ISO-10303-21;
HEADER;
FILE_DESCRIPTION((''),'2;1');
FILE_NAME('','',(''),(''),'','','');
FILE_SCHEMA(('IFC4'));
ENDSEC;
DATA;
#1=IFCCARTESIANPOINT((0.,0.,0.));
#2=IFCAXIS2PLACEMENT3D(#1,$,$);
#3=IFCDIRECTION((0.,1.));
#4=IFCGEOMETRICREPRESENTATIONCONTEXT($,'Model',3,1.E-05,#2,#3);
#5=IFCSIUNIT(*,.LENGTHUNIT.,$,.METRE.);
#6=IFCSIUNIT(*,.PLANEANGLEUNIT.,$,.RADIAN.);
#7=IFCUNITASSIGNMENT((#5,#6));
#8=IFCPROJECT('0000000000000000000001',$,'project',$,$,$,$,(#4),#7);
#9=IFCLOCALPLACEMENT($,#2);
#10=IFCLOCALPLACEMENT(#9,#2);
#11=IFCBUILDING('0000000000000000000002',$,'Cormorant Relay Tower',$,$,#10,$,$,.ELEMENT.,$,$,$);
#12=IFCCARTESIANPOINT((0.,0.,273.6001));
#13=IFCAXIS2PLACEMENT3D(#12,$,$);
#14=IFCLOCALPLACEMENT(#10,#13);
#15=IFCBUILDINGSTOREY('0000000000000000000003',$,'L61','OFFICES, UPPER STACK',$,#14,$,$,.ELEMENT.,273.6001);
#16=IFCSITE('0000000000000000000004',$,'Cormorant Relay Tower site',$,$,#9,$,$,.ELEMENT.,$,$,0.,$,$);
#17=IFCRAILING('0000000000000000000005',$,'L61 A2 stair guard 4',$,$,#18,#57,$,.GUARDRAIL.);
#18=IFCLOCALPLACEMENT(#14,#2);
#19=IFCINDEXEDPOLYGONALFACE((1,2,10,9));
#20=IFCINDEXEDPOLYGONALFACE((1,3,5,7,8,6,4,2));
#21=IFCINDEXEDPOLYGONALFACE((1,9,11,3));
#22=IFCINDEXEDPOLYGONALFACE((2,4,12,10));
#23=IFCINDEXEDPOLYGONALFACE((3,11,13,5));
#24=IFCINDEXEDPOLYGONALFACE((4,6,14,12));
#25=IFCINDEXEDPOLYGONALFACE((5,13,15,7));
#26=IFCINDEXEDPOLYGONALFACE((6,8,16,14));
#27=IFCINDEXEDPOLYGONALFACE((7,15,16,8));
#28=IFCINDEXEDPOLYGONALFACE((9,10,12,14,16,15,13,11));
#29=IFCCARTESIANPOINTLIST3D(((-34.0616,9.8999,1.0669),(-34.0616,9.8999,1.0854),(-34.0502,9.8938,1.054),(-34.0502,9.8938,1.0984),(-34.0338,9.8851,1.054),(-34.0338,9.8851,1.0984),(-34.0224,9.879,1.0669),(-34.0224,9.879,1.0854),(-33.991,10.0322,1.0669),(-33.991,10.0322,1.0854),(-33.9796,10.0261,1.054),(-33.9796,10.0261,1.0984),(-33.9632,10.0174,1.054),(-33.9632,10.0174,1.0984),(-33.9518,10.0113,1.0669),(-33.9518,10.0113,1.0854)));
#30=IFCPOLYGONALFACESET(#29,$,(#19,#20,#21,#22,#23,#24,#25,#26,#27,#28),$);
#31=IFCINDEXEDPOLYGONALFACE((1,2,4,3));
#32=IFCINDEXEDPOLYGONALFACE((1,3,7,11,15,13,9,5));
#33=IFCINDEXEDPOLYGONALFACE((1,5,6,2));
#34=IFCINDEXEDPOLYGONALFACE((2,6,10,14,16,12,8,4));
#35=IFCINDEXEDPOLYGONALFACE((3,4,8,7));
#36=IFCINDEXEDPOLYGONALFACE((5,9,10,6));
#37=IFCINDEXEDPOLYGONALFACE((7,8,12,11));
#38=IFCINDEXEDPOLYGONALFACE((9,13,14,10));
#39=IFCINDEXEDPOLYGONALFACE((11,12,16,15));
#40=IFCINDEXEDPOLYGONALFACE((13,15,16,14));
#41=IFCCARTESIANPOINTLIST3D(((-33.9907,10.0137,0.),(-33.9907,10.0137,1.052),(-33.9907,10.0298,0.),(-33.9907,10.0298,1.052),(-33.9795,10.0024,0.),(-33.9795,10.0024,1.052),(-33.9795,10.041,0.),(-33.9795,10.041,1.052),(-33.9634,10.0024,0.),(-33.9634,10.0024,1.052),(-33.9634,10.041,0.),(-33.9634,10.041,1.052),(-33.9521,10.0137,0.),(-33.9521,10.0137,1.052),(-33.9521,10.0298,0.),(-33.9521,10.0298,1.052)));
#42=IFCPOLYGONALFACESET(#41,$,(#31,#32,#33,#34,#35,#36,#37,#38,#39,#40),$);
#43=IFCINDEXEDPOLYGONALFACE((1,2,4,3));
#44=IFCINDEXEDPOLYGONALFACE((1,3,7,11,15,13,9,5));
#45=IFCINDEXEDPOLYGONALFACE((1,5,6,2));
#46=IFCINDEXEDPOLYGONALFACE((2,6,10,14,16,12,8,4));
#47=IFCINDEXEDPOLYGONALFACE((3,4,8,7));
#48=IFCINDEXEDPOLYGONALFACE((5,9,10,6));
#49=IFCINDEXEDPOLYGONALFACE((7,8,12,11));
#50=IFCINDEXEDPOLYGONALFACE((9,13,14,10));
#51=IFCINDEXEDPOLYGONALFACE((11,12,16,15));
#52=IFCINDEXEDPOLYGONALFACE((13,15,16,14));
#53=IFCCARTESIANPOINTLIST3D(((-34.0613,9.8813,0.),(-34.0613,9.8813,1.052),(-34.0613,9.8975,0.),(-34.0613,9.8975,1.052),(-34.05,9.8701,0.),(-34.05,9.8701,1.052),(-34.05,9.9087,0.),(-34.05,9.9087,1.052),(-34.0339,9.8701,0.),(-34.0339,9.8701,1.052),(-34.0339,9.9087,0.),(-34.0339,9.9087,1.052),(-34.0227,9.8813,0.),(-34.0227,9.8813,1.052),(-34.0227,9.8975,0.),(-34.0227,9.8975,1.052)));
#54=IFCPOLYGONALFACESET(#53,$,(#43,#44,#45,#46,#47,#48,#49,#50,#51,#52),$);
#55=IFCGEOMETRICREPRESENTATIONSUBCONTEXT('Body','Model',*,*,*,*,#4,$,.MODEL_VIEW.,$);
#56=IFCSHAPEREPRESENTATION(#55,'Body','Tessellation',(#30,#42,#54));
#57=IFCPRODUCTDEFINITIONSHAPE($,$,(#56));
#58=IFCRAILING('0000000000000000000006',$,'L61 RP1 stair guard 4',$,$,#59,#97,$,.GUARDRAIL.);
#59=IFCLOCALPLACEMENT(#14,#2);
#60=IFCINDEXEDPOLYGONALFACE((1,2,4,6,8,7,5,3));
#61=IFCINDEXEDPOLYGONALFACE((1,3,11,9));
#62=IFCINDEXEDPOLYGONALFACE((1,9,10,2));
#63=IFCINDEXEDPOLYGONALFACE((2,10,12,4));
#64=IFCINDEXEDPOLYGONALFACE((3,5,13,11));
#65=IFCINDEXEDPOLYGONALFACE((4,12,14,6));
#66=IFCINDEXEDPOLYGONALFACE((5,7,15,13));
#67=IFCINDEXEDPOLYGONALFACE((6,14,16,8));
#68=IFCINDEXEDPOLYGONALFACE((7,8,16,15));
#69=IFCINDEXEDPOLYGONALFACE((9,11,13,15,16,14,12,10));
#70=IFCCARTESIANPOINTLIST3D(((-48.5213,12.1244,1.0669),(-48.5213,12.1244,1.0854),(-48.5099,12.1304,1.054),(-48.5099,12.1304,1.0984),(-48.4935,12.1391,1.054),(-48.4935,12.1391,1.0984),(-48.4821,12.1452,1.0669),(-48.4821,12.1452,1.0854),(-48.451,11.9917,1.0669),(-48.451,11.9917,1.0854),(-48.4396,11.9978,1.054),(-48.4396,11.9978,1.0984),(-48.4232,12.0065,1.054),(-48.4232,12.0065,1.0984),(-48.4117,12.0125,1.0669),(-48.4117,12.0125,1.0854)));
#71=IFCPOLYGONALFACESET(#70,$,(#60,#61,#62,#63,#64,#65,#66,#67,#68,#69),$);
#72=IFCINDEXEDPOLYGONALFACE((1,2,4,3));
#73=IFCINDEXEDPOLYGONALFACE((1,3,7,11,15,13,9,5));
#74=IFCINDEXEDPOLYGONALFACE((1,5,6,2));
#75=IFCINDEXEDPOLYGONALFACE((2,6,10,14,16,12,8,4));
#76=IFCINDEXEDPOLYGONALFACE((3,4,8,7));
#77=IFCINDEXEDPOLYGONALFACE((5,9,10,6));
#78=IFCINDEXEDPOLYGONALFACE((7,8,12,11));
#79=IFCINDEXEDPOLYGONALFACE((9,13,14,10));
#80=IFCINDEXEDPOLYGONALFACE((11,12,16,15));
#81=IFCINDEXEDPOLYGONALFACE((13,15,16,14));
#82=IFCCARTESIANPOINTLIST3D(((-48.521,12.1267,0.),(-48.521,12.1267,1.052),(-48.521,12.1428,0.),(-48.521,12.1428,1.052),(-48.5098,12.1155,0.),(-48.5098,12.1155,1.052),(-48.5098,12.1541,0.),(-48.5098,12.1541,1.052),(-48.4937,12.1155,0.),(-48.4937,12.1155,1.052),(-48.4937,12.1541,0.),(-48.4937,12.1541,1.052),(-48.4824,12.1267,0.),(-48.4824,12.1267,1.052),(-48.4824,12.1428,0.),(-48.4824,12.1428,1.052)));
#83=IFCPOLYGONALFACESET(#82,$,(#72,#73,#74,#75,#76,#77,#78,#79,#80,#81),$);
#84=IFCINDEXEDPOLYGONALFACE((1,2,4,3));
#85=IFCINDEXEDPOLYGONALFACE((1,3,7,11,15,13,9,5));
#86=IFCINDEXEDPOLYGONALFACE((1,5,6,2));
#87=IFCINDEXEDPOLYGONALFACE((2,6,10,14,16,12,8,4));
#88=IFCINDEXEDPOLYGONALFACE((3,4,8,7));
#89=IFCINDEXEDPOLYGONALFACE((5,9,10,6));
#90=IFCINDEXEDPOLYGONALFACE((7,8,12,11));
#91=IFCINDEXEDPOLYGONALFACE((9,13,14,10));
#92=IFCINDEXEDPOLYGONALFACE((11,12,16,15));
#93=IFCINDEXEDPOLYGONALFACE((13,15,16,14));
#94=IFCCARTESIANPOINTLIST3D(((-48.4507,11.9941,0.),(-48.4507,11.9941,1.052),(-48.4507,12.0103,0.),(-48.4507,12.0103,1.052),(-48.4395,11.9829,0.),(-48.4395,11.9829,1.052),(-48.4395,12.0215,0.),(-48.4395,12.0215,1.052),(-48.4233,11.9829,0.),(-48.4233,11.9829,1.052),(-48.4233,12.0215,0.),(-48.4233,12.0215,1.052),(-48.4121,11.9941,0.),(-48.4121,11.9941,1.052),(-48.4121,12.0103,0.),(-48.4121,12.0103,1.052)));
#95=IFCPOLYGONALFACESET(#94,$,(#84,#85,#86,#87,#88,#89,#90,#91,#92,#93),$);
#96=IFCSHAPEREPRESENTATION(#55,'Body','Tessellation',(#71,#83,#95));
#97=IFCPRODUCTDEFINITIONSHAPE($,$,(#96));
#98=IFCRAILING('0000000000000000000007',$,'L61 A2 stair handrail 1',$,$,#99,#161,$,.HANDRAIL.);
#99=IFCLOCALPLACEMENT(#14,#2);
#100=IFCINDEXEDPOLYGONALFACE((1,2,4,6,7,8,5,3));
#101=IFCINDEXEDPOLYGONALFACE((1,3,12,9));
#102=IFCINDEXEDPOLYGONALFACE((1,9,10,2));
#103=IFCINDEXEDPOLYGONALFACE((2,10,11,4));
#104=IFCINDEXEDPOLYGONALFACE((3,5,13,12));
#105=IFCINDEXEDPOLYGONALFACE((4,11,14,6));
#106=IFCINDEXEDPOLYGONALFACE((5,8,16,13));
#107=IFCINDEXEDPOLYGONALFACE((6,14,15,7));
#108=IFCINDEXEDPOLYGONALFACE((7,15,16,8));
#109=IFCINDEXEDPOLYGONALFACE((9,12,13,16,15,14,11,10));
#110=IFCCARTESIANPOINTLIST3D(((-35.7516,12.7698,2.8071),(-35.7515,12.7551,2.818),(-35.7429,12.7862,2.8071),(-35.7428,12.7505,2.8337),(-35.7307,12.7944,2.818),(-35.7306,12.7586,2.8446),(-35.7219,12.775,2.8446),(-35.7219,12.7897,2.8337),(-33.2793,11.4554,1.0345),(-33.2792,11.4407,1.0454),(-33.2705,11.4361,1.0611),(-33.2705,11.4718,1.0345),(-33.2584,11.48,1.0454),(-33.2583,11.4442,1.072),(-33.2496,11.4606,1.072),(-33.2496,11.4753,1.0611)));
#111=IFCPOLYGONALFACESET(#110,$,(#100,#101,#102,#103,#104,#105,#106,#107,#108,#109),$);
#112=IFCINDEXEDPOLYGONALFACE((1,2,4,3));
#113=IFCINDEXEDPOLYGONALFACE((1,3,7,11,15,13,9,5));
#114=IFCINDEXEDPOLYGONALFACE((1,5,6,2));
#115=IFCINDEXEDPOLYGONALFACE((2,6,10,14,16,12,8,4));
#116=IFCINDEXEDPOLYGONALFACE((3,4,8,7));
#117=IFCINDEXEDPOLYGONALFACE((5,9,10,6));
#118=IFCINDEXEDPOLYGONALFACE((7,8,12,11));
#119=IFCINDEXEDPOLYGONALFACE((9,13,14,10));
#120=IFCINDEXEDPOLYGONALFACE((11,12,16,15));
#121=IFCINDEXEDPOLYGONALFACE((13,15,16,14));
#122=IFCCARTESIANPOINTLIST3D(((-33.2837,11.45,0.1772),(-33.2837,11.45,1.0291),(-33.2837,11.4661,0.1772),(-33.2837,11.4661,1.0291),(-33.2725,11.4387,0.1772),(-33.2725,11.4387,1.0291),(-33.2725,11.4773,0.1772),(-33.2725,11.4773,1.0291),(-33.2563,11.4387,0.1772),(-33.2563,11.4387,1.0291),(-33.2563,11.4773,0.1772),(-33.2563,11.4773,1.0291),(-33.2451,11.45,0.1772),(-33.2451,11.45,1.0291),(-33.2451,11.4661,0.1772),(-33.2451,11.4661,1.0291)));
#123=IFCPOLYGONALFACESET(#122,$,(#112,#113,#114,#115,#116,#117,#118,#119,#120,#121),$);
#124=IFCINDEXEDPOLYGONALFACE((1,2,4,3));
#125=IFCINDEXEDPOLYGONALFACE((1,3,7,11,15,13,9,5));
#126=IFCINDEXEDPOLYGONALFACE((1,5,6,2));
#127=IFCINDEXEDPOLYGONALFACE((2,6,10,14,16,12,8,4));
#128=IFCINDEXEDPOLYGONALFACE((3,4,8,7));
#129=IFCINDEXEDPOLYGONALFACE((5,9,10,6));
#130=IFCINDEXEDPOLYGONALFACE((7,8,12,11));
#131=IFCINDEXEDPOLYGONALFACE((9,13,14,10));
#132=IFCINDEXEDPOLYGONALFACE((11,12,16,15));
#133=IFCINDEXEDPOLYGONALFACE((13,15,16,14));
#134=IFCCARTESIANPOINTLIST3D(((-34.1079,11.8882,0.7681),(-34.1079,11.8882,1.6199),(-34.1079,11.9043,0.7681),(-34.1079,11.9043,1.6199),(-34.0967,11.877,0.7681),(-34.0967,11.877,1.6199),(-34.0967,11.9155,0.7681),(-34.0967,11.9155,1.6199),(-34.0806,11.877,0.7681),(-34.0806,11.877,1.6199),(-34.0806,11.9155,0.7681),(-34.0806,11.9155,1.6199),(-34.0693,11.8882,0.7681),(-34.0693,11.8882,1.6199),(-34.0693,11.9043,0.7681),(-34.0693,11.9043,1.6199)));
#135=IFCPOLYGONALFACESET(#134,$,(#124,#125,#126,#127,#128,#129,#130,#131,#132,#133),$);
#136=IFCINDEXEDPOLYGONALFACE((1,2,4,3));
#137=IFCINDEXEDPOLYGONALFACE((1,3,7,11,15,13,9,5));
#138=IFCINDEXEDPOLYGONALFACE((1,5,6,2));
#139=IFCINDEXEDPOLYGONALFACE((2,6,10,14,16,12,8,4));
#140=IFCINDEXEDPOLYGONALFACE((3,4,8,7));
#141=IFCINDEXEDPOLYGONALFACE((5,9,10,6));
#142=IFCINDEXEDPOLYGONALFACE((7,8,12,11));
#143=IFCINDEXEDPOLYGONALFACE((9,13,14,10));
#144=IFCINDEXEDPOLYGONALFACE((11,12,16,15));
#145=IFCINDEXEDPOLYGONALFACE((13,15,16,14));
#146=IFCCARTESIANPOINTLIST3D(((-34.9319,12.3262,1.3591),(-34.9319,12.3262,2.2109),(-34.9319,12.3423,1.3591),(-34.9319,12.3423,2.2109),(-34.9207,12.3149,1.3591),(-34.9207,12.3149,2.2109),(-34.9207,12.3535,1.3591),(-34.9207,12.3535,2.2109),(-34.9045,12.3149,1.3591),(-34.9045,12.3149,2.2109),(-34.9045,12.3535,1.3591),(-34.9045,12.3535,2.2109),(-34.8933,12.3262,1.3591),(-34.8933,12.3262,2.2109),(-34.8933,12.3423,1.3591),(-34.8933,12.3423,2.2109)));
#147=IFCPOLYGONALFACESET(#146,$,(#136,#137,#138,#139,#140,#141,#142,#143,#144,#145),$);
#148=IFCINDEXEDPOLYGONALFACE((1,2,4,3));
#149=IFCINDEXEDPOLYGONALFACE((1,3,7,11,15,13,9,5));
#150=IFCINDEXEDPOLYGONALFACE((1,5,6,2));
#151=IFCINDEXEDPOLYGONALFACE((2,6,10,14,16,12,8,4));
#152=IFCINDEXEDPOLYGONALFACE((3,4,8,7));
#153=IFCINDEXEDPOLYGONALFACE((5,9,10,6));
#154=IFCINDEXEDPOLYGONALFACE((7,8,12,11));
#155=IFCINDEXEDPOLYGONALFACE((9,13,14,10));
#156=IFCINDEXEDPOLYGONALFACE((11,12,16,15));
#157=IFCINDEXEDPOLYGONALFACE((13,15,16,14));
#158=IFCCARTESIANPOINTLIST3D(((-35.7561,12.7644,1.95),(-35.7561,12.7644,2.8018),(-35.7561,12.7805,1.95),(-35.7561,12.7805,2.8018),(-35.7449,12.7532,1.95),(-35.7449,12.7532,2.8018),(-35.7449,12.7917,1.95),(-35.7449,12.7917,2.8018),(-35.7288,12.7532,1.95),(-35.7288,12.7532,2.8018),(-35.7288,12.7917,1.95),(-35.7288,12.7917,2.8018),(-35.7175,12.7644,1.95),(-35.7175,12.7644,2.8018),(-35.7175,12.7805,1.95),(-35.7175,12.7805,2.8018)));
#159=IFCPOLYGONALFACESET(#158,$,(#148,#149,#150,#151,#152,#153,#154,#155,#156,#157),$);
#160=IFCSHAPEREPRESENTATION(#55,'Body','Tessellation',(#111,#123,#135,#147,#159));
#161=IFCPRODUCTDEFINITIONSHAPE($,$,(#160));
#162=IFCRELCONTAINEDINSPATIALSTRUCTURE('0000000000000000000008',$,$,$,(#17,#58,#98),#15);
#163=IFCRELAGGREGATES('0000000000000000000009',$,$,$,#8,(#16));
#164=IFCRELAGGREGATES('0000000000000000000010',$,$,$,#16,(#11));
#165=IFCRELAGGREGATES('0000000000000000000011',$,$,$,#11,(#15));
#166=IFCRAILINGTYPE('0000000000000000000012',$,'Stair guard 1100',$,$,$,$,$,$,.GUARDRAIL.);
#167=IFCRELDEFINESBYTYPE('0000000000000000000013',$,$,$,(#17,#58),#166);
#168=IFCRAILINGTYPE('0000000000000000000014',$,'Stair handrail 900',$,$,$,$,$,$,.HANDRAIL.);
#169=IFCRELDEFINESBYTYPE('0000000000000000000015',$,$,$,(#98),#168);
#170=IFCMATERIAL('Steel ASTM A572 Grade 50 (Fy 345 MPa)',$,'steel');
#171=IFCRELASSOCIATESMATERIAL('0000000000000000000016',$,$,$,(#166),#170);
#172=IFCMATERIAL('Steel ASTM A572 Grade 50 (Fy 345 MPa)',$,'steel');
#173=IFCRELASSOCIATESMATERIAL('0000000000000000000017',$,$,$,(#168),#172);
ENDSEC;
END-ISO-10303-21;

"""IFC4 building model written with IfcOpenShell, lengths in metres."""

from ifc_helpers import new_model, si_unit, direction, frame, origin, place, context, subcontext, project, spatial, polyline, outline, extrude, material, type_object, element, save


model = new_model("IFC4")

# Units and contexts
model_context = context("Model", 3, precision=1e-05, world=origin(), true_north=direction((0.0, 1.0)))
body_context = subcontext(model_context, "Body", "Model", "MODEL_VIEW")
ifc_project = project(units=[si_unit("LENGTHUNIT", "METRE"), si_unit("PLANEANGLEUNIT", "RADIAN")], contexts=[model_context])

# Site, building, storey
site_placement = place(None, origin())
site = spatial("IfcSite", under=ifc_project, at=site_placement, Name="Cormorant Relay Tower site", CompositionType="ELEMENT", RefElevation=0.0)
building_placement = place(site_placement, origin())
building = spatial("IfcBuilding", under=site, at=building_placement, Name="Cormorant Relay Tower", CompositionType="ELEMENT")
storey_placement = place(building_placement, frame((0.0, 0.0, 273.6001)))
storey = spatial("IfcBuildingStorey", under=building, at=storey_placement, Name="L61", Description="OFFICES, UPPER STACK", CompositionType="ELEMENT", Elevation=273.6001)

# Railings
ifc_material_1 = material(Name="Steel ASTM A572 Grade 50 (Fy 345 MPa)", Category="steel")
railing_type_1 = type_object("IfcRailingType", Name="Stair guard 1100", PredefinedType="GUARDRAIL", material=ifc_material_1)
railing_1_placement = place(storey_placement, frame((-33.9714, 10.0217, 0.0)))
element("IfcRailing", 1, at=railing_1_placement, inside=storey, type_object=railing_type_1, Name="L61 A2 stair guard 4", PredefinedType="GUARDRAIL", context=body_context, shape_type="SweptSolid", body=[
    extrude(outline(polyline([(0.0222, 0.0093), (0.0093, 0.0222), (-0.0093, 0.0222), (-0.0222, 0.0093), (-0.0222, -0.0093), (-0.0093, -0.0222), (0.0093, -0.0222), (0.0222, -0.0093), (0.0222, 0.0093)])), frame((0.0, 0.0, 1.0762), z_axis=(-0.470504, -0.882398, 0.0), x_axis=(0.882398, -0.470504, 0.0)), (0.0, 0.0, 1.0), 0.1499),
    extrude(outline(polyline([(0.0193, 0.0081), (0.0081, 0.0193), (-0.0081, 0.0193), (-0.0193, 0.0081), (-0.0193, -0.0081), (-0.0081, -0.0193), (0.0081, -0.0193), (0.0193, -0.0081), (0.0193, 0.0081)])), origin(), (0.0, 0.0, 1.0), 1.052),
    extrude(outline(polyline([(0.0193, 0.0081), (0.0081, 0.0193), (-0.0081, 0.0193), (-0.0193, 0.0081), (-0.0193, -0.0081), (-0.0081, -0.0193), (0.0081, -0.0193), (0.0193, -0.0081), (0.0193, 0.0081)])), frame((-0.0706, -0.1323, 0.0)), (0.0, 0.0, 1.0), 1.052),
])
railing_2_placement = place(storey_placement, frame((-48.5017, 12.1348, 0.0)))
element("IfcRailing", 2, at=railing_2_placement, inside=storey, type_object=railing_type_1, Name="L61 RP1 stair guard 4", PredefinedType="GUARDRAIL", context=body_context, shape_type="SweptSolid", body=[
    extrude(outline(polyline([(0.0222, 0.0093), (0.0093, 0.0222), (-0.0093, 0.0222), (-0.0222, 0.0093), (-0.0222, -0.0093), (-0.0093, -0.0222), (0.0093, -0.0222), (0.0222, -0.0093), (0.0222, 0.0093)])), frame((0.0, 0.0, 1.0762), z_axis=(0.46856, -0.883431, 0.0), x_axis=(0.883431, 0.46856, 0.0)), (0.0, 0.0, 1.0), 0.1501),
    extrude(outline(polyline([(0.0193, 0.0081), (0.0081, 0.0193), (-0.0081, 0.0193), (-0.0193, 0.0081), (-0.0193, -0.0081), (-0.0081, -0.0193), (0.0081, -0.0193), (0.0193, -0.0081), (0.0193, 0.0081)])), origin(), (0.0, 0.0, 1.0), 1.052),
    extrude(outline(polyline([(0.0193, 0.0081), (0.0081, 0.0193), (-0.0081, 0.0193), (-0.0193, 0.0081), (-0.0193, -0.0081), (-0.0081, -0.0193), (0.0081, -0.0193), (0.0193, -0.0081), (0.0193, 0.0081)])), frame((0.0703, -0.1326, 0.0)), (0.0, 0.0, 1.0), 1.052),
])
ifc_material_2 = material(Name="Steel ASTM A572 Grade 50 (Fy 345 MPa)", Category="steel")
railing_type_2 = type_object("IfcRailingType", Name="Stair handrail 900", PredefinedType="HANDRAIL", material=ifc_material_2)
railing_3_placement = place(storey_placement, frame((-33.2644, 11.458, 0.1772)))
element("IfcRailing", 3, at=railing_3_placement, inside=storey, type_object=railing_type_2, Name="L61 A2 stair handrail 1", PredefinedType="HANDRAIL", context=body_context, shape_type="SweptSolid", body=[
    extrude(outline(polyline([(0.0222, 0.0093), (0.0093, 0.0222), (-0.0093, 0.0222), (-0.0222, 0.0093), (-0.0222, -0.0093), (-0.0093, -0.0222), (0.0093, -0.0222), (0.0222, -0.0093), (0.0222, 0.0093)])), frame((0.0, 0.0, 0.876), z_axis=(-0.746034, 0.396627, 0.534902), x_axis=(-0.469429, -0.88297, 0.0)), (0.0, 0.0, 1.0), 3.314),
    extrude(outline(polyline([(0.0193, 0.0081), (0.0081, 0.0193), (-0.0081, 0.0193), (-0.0193, 0.0081), (-0.0193, -0.0081), (-0.0081, -0.0193), (0.0081, -0.0193), (0.0193, -0.0081), (0.0193, 0.0081)])), origin(), (0.0, 0.0, 1.0), 0.8518),
    extrude(outline(polyline([(0.0193, 0.0081), (0.0081, 0.0193), (-0.0081, 0.0193), (-0.0193, 0.0081), (-0.0193, -0.0081), (-0.0081, -0.0193), (0.0081, -0.0193), (0.0193, -0.0081), (0.0193, 0.0081)])), frame((-0.8242, 0.4382, 0.5908)), (0.0, 0.0, 1.0), 0.8518),
    extrude(outline(polyline([(0.0193, 0.0081), (0.0081, 0.0193), (-0.0081, 0.0193), (-0.0193, 0.0081), (-0.0193, -0.0081), (-0.0081, -0.0193), (0.0081, -0.0193), (0.0193, -0.0081), (0.0193, 0.0081)])), frame((-1.6482, 0.8762, 1.1819)), (0.0, 0.0, 1.0), 0.8518),
    extrude(outline(polyline([(0.0193, 0.0081), (0.0081, 0.0193), (-0.0081, 0.0193), (-0.0193, 0.0081), (-0.0193, -0.0081), (-0.0081, -0.0193), (0.0081, -0.0193), (0.0193, -0.0081), (0.0193, 0.0081)])), frame((-2.4724, 1.3145, 1.7727)), (0.0, 0.0, 1.0), 0.8518),
])

save(model, "model.ifc")
